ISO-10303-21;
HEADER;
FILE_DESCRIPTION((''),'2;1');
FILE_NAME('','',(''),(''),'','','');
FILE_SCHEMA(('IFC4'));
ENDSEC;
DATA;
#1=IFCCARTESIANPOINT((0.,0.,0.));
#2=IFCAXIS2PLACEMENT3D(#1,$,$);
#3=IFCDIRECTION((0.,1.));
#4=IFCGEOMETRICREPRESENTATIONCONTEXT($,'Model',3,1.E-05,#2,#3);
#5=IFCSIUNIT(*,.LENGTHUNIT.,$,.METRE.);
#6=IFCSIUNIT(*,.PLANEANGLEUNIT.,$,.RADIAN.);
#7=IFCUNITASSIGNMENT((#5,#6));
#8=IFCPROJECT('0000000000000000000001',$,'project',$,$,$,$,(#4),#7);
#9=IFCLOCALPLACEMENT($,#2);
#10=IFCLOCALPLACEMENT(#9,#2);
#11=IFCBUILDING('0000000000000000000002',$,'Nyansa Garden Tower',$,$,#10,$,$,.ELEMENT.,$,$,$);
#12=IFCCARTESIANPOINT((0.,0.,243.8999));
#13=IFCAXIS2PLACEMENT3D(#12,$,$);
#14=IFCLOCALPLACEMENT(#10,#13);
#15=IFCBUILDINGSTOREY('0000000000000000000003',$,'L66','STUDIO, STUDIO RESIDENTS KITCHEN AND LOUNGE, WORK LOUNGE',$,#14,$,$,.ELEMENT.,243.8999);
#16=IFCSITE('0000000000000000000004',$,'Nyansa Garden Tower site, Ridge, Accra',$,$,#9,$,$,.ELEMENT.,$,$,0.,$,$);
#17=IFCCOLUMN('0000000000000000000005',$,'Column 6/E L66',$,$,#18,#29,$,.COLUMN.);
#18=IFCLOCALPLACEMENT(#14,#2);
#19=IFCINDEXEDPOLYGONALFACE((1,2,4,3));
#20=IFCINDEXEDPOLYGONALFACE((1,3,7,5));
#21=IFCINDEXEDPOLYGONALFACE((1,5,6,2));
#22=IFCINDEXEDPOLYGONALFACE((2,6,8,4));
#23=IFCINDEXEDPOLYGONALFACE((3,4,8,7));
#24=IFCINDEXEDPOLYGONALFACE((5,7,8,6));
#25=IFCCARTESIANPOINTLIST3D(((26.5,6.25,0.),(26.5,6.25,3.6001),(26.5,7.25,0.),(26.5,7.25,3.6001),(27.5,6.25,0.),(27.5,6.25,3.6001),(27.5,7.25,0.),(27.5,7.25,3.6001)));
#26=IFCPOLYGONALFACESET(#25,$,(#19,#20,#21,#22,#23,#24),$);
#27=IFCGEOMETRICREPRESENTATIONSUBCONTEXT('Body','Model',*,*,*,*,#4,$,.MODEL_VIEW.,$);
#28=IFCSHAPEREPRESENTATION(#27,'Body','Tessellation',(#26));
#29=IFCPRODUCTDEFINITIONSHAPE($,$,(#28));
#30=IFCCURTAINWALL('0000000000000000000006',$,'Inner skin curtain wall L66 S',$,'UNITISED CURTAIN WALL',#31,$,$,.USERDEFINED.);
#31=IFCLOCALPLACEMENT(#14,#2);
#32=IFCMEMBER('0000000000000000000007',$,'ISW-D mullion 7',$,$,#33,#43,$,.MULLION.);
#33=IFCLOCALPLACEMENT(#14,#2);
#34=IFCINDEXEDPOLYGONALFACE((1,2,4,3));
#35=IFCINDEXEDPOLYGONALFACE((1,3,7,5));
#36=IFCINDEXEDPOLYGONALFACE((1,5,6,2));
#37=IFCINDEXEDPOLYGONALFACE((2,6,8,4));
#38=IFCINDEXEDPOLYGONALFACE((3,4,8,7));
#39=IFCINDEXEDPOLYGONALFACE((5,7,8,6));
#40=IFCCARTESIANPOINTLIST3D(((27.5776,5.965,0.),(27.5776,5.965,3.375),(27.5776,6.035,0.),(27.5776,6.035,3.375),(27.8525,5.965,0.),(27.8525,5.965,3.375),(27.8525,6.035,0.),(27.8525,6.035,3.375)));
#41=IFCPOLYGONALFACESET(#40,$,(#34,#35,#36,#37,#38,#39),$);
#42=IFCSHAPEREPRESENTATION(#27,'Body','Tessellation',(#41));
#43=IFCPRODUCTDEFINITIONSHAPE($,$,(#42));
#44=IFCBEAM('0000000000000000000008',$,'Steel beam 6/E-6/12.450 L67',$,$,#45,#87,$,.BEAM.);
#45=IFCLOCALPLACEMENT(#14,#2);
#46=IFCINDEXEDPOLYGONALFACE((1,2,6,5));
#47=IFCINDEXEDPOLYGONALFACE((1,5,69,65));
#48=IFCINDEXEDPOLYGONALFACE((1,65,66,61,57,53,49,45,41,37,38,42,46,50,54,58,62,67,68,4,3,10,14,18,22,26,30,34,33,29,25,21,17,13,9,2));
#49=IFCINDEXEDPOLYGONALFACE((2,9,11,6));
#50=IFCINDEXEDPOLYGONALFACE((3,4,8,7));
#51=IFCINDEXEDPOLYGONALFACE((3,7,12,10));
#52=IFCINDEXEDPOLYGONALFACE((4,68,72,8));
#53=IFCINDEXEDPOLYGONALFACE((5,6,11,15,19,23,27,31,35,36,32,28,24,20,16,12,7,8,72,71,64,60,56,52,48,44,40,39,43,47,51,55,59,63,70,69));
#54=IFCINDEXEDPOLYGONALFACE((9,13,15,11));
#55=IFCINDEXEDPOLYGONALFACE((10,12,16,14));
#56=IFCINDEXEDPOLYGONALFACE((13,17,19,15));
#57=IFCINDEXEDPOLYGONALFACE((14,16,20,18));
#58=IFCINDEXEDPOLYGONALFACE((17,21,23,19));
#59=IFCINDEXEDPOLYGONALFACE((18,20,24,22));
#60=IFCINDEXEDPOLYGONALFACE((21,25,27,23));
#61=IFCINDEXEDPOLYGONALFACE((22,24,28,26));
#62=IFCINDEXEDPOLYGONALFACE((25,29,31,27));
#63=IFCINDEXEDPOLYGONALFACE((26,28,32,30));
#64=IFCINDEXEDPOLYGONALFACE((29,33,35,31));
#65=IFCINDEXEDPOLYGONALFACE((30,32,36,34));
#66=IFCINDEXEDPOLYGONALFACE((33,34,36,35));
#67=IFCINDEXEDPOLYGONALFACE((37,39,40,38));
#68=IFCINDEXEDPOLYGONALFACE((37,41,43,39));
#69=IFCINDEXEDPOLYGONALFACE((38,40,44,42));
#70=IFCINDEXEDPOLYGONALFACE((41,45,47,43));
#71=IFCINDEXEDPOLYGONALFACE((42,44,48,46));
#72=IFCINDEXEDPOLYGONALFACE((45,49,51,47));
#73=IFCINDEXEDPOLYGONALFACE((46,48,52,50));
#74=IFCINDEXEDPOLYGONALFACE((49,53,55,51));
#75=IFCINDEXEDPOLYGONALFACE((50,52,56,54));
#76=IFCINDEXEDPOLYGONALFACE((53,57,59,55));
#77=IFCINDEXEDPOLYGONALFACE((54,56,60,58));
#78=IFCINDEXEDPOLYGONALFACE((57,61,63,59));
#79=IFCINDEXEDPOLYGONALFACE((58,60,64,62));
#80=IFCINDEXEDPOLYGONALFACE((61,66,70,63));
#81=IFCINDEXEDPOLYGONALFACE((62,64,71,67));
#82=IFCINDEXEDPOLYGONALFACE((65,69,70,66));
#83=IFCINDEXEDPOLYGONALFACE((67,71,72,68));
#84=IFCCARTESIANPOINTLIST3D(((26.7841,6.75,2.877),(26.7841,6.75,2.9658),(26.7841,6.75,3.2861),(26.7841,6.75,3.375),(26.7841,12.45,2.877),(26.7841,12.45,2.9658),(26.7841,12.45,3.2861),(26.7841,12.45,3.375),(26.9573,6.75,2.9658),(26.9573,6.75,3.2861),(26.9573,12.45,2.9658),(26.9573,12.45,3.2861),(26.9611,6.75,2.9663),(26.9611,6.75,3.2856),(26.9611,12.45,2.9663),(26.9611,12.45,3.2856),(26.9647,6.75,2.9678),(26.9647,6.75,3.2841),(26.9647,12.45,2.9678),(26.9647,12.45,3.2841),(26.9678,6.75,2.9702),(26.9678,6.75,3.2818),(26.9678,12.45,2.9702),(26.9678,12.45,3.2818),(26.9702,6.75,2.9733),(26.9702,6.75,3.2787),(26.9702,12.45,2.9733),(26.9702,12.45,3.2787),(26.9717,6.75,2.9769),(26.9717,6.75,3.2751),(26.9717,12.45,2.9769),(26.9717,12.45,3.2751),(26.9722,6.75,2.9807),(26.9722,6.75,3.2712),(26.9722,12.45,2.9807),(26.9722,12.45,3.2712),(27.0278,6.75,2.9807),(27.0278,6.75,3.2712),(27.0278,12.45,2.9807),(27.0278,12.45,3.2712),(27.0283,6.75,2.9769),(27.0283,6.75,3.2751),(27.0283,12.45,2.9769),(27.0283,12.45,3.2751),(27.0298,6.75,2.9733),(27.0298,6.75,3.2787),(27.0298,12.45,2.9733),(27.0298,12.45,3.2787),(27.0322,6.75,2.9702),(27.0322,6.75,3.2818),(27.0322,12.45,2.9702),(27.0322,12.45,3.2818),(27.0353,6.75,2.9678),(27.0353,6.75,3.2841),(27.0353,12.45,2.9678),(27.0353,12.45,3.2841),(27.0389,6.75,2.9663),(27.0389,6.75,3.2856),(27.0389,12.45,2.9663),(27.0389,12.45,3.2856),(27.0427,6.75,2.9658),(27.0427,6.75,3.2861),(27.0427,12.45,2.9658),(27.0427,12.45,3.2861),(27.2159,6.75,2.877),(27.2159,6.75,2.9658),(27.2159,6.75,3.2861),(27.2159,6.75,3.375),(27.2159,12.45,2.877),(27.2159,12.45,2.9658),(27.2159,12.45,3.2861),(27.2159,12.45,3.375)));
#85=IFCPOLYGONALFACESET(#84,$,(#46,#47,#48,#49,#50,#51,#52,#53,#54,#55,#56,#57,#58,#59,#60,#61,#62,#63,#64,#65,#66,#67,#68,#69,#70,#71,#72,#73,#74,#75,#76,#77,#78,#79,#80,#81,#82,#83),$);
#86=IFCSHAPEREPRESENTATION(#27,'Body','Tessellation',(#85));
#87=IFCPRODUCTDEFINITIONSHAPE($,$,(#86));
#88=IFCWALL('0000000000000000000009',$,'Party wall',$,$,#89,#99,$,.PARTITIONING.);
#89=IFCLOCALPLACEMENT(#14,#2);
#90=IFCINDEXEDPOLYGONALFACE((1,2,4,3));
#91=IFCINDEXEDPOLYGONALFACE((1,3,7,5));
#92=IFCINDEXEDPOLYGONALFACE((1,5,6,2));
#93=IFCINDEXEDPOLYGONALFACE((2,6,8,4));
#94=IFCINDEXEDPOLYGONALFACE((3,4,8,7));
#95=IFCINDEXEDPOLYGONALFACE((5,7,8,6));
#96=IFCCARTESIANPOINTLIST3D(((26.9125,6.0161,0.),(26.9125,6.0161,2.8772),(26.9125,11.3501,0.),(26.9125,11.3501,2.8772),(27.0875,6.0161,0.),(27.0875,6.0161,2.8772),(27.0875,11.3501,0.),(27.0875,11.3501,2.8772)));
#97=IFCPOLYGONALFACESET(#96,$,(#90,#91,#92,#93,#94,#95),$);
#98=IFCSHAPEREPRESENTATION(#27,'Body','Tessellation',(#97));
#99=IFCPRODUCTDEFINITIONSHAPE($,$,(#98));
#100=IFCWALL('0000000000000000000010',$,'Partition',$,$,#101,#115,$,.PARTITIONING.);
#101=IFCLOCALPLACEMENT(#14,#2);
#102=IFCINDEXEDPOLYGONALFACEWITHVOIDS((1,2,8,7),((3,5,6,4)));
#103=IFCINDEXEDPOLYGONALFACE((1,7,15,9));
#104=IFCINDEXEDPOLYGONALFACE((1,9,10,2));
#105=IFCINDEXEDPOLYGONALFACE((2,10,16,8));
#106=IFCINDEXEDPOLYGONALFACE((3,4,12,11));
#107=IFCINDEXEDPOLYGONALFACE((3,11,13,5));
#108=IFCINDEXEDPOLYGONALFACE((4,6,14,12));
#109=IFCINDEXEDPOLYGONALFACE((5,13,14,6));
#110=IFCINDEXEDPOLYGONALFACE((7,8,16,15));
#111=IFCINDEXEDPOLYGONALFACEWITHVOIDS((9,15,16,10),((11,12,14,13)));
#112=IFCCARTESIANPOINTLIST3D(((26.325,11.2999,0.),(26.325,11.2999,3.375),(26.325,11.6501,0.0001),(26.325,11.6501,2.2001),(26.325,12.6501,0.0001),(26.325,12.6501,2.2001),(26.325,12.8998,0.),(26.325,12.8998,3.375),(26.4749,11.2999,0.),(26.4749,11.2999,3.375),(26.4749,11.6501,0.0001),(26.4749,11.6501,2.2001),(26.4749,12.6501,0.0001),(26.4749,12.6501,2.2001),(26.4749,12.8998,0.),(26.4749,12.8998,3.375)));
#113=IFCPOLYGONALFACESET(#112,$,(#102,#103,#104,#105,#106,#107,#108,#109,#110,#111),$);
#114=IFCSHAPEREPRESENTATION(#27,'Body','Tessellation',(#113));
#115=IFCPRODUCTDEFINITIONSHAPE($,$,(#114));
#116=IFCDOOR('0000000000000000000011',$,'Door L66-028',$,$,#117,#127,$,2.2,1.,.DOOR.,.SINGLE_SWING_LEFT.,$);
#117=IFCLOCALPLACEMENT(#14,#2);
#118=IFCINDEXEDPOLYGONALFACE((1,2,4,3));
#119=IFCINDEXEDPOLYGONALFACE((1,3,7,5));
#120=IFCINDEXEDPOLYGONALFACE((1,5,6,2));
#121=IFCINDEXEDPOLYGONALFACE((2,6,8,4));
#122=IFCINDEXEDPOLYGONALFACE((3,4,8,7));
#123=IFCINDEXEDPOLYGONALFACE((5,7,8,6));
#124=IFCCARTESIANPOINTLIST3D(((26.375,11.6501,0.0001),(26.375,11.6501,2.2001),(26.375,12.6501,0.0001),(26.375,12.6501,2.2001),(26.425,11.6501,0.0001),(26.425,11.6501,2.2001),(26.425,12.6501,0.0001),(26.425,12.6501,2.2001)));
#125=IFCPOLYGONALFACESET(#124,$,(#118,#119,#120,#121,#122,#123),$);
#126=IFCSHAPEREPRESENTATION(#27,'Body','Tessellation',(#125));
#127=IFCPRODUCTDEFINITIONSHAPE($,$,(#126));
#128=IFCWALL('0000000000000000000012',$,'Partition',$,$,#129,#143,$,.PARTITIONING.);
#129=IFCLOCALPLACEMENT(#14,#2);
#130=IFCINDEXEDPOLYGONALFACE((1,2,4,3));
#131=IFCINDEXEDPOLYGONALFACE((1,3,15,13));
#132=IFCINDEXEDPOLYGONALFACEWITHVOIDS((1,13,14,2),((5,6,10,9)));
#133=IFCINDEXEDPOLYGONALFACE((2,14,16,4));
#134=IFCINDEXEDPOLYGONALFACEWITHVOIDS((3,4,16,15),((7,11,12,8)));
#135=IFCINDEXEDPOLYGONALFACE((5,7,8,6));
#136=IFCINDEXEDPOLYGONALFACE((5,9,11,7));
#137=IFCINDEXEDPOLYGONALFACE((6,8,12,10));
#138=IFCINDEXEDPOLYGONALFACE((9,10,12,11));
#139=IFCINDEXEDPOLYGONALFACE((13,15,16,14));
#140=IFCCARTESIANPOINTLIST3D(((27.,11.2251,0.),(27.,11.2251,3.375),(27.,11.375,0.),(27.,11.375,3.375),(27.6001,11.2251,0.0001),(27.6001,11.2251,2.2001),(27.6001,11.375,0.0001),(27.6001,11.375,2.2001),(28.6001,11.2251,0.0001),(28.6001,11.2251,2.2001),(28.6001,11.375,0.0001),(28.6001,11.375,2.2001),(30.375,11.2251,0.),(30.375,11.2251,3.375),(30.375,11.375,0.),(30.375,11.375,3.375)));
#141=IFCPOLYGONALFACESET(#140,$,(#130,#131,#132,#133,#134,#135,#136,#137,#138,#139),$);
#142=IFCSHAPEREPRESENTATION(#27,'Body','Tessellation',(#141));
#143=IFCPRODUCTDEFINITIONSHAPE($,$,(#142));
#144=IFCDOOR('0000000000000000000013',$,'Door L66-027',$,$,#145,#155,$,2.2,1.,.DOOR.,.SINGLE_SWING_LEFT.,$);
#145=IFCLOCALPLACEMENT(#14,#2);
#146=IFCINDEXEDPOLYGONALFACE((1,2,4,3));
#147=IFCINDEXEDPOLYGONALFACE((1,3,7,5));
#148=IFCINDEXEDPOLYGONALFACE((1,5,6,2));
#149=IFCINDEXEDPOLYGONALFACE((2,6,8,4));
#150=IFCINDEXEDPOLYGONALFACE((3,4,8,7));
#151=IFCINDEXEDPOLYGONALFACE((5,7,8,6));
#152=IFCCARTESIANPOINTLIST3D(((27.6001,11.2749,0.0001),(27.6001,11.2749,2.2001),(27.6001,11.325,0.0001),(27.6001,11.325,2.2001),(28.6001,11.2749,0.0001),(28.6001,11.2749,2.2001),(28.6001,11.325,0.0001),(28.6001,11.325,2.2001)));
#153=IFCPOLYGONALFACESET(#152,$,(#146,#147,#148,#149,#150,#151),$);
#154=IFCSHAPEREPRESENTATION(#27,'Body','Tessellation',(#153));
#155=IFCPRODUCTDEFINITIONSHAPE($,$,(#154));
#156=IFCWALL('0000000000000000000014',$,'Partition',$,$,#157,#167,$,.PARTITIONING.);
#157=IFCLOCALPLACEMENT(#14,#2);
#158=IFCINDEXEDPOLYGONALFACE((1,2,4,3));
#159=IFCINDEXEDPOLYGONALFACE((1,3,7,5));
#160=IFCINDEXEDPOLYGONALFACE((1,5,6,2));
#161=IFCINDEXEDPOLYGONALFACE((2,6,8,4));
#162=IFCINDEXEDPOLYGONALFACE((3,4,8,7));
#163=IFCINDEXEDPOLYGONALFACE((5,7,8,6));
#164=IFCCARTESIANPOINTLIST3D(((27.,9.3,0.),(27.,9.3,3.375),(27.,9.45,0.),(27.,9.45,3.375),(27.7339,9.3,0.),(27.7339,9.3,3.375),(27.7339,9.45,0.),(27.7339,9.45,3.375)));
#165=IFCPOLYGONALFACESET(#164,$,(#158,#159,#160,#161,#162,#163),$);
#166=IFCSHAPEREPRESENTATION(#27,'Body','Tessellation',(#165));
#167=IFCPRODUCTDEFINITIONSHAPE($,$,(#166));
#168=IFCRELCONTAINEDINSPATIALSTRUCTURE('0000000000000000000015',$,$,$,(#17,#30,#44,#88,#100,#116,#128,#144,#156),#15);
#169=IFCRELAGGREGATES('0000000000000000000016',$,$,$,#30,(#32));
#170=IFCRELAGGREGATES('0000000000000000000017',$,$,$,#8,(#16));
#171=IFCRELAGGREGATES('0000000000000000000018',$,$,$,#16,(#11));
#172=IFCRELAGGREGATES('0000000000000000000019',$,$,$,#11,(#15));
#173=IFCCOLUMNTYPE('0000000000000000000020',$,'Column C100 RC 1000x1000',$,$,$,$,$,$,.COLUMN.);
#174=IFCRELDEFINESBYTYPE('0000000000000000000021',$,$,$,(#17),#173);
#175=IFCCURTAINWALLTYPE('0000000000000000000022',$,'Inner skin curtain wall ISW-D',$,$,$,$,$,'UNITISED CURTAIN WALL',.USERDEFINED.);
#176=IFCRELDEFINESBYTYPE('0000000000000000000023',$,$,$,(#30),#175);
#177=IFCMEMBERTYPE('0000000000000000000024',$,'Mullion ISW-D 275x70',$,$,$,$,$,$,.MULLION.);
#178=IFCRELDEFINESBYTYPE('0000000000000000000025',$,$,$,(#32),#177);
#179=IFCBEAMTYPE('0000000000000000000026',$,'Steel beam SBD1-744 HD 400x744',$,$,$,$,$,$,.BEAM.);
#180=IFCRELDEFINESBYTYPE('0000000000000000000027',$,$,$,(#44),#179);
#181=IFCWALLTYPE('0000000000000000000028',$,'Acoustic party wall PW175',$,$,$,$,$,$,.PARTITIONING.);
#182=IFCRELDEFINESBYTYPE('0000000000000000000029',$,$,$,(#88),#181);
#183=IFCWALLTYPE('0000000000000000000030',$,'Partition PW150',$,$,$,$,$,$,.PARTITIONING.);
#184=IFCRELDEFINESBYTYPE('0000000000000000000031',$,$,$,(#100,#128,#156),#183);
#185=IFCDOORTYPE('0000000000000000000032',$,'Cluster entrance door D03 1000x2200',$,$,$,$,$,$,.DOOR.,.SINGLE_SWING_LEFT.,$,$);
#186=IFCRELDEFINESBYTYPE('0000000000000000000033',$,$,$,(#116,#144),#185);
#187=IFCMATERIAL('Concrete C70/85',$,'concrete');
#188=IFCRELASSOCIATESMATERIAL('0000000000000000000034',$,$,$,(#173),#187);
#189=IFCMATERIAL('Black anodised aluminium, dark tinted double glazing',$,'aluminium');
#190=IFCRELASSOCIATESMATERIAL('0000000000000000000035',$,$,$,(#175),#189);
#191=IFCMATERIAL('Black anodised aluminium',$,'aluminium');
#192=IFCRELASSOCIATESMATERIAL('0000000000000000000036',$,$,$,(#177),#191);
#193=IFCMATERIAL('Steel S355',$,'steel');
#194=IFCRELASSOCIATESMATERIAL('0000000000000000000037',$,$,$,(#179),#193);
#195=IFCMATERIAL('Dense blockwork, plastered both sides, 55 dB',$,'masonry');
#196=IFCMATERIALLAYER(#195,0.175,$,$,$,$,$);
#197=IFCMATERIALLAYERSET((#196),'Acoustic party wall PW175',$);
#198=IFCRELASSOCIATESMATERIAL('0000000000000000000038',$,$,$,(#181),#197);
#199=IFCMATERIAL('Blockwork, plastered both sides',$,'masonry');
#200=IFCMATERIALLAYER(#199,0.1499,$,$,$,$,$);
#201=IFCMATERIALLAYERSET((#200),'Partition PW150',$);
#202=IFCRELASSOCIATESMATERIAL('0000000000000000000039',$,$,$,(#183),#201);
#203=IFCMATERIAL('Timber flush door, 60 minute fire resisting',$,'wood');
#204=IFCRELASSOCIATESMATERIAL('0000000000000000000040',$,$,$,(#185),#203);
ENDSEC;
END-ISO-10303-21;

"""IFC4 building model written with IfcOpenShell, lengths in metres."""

from ifc_helpers import new_model, si_unit, direction, frame, frame_2d, origin, origin_2d, place, context, subcontext, project, spatial, rectangle, i_section, extrude, material, layer, layer_set, material_profile, profile_set, type_object, element, fill, aggregate, save


model = new_model("IFC4")

# Units and contexts
model_context = context("Model", 3, precision=1e-05, world=origin(), true_north=direction((0.0, 1.0)))
body_context = subcontext(model_context, "Body", "Model", "MODEL_VIEW")
ifc_project = project(units=[si_unit("LENGTHUNIT", "METRE"), si_unit("PLANEANGLEUNIT", "RADIAN")], contexts=[model_context])

# Site, building, storey
site_placement = place(None, origin())
site = spatial("IfcSite", under=ifc_project, at=site_placement, Name="Nyansa Garden Tower site, Ridge, Accra", CompositionType="ELEMENT", RefElevation=0.0)
building_placement = place(site_placement, origin())
building = spatial("IfcBuilding", under=site, at=building_placement, Name="Nyansa Garden Tower", CompositionType="ELEMENT")
storey_placement = place(building_placement, frame((0.0, 0.0, 243.8999)))
storey = spatial("IfcBuildingStorey", under=building, at=storey_placement, Name="L66", Description="STUDIO, STUDIO RESIDENTS KITCHEN AND LOUNGE, WORK LOUNGE", CompositionType="ELEMENT", Elevation=243.8999)

# Column
ifc_material_1 = material(Name="Concrete C70/85", Category="concrete")
ifc_material_profile_1 = material_profile(ifc_material_1, rectangle(XDim=1.0, YDim=1.0, at=origin_2d()), Name="RC 1000x1000")
ifc_profile_set_1 = profile_set([ifc_material_profile_1], Name="Concrete C70/85")
column_type = type_object("IfcColumnType", Name="Column C100 RC 1000x1000", PredefinedType="COLUMN", material=ifc_profile_set_1)
column_placement = place(storey_placement, frame((27.0, 6.75, 0.0), z_axis=(0.0, 0.0, 1.0), x_axis=(1.0, 0.0, 0.0)))
element("IfcColumn", 1, at=column_placement, inside=storey, type_object=column_type, Name="Column 6/E L66", PredefinedType="COLUMN", context=body_context, shape_type="SweptSolid", body=[
    extrude(rectangle(XDim=1.0, YDim=1.0, at=origin_2d()), origin(), (0.0, 0.0, 1.0), 3.6001),
])

# Curtain wall, member
ifc_material_2 = material(Name="Black anodised aluminium, dark tinted double glazing", Category="aluminium")
curtain_wall_type = type_object("IfcCurtainWallType", Name="Inner skin curtain wall ISW-D", ElementType="UNITISED CURTAIN WALL", PredefinedType="USERDEFINED", material=ifc_material_2)
curtain_wall_placement = place(storey_placement, origin())
curtain_wall = element("IfcCurtainWall", 2, at=curtain_wall_placement, inside=storey, type_object=curtain_wall_type, Name="Inner skin curtain wall L66 S", ObjectType="UNITISED CURTAIN WALL", PredefinedType="USERDEFINED")
ifc_material_3 = material(Name="Black anodised aluminium", Category="aluminium")
ifc_material_profile_2 = material_profile(ifc_material_3, rectangle(XDim=0.0701, YDim=0.2749, at=origin_2d()), Name="Mullion 275x70")
ifc_profile_set_2 = profile_set([ifc_material_profile_2], Name="Black anodised aluminium")
member_type = type_object("IfcMemberType", Name="Mullion ISW-D 275x70", PredefinedType="MULLION", material=ifc_profile_set_2)
member_placement = place(storey_placement, frame((27.7151, 6.0, 0.0), z_axis=(0.0, 0.0, 1.0), x_axis=(0.0, 1.0, 0.0)))
member = element("IfcMember", 3, at=member_placement, type_object=member_type, Name="ISW-D mullion 7", PredefinedType="MULLION", context=body_context, shape_type="SweptSolid", body=[
    extrude(rectangle(XDim=0.0701, YDim=0.2749, at=origin_2d()), origin(), (0.0, 0.0, 1.0), 3.375),
])
aggregate(curtain_wall, [member])

# Beam
ifc_material_4 = material(Name="Steel S355", Category="steel")
ifc_material_profile_3 = material_profile(ifc_material_4, i_section(OverallWidth=0.4319, OverallDepth=0.498, WebThickness=0.0557, FlangeThickness=0.0889, FilletRadius=0.0149, at=origin_2d()), Name="HD 400x744")
ifc_profile_set_3 = profile_set([ifc_material_profile_3], Name="Steel S355")
beam_type = type_object("IfcBeamType", Name="Steel beam SBD1-744 HD 400x744", PredefinedType="BEAM", material=ifc_profile_set_3)
beam_placement = place(storey_placement, frame((27.0, 6.75, 3.126), z_axis=(0.0, 1.0, 0.0), x_axis=(-1.0, 0.0, 0.0)))
element("IfcBeam", 4, at=beam_placement, inside=storey, type_object=beam_type, Name="Steel beam 6/E-6/12.450 L67", PredefinedType="BEAM", context=body_context, shape_type="SweptSolid", body=[
    extrude(i_section(OverallWidth=0.4319, OverallDepth=0.498, WebThickness=0.0557, FlangeThickness=0.0889, FilletRadius=0.0149, at=origin_2d()), origin(), (0.0, 0.0, 1.0), 5.7),
])

# Wall
ifc_material_5 = material(Name="Dense blockwork, plastered both sides, 55 dB", Category="masonry")
ifc_layer_1 = layer(ifc_material_5, 0.175)
ifc_layer_set_1 = layer_set([ifc_layer_1], Name="Acoustic party wall PW175")
wall_type_1 = type_object("IfcWallType", Name="Acoustic party wall PW175", PredefinedType="PARTITIONING", material=ifc_layer_set_1)
wall_1_placement = place(storey_placement, frame((27.0, 6.0161, 0.0), z_axis=(0.0, 0.0, 1.0), x_axis=(0.0, 1.0, 0.0)))
element("IfcWall", 5, at=wall_1_placement, inside=storey, type_object=wall_type_1, Name="Party wall", PredefinedType="PARTITIONING", context=body_context, shape_type="SweptSolid", body=[
    extrude(rectangle(XDim=5.334, YDim=0.175, at=frame_2d((2.667, 0.0))), origin(), (0.0, 0.0, 1.0), 2.8772),
])

# Walls, openings, doors
ifc_material_6 = material(Name="Blockwork, plastered both sides", Category="masonry")
ifc_layer_2 = layer(ifc_material_6, 0.1499)
ifc_layer_set_2 = layer_set([ifc_layer_2], Name="Partition PW150")
wall_type_2 = type_object("IfcWallType", Name="Partition PW150", PredefinedType="PARTITIONING", material=ifc_layer_set_2)
wall_2_placement = place(storey_placement, frame((26.3999, 11.3, 0.0), z_axis=(0.0, 0.0, 1.0), x_axis=(0.0, 1.0, 0.0)))
wall_2 = element("IfcWall", 6, at=wall_2_placement, inside=storey, type_object=wall_type_2, Name="Partition", PredefinedType="PARTITIONING", context=body_context, shape_type="SweptSolid", body=[
    extrude(rectangle(XDim=1.5999, YDim=0.1499, at=frame_2d((0.7998, 0.0))), origin(), (0.0, 0.0, 1.0), 3.375),
])
opening_1_placement = place(wall_2_placement, frame((0.3501, 0.0, 0.0)))
opening_1 = element("IfcOpeningElement", 7, at=opening_1_placement, cuts=wall_2, PredefinedType="OPENING", context=body_context, shape_type="SweptSolid", body=[
    extrude(rectangle(XDim=1.0, YDim=2.2, at=frame_2d((0.5, 1.1001))), frame((0.0, 0.085, 0.0), z_axis=(0.0, -1.0, 0.0), x_axis=(1.0, 0.0, 0.0)), (0.0, 0.0, 1.0), 0.1699),
])
ifc_material_7 = material(Name="Timber flush door, 60 minute fire resisting", Category="wood")
door_type = type_object("IfcDoorType", Name="Cluster entrance door D03 1000x2200", OperationType="SINGLE_SWING_LEFT", PredefinedType="DOOR", material=ifc_material_7)
door_1_placement = place(opening_1_placement, origin())
door_1 = element("IfcDoor", 8, at=door_1_placement, inside=storey, type_object=door_type, Name="Door L66-028", OperationType="SINGLE_SWING_LEFT", OverallHeight=2.2, OverallWidth=1.0, PredefinedType="DOOR", context=body_context, shape_type="SweptSolid", body=[
    extrude(rectangle(XDim=1.0, YDim=2.2, at=frame_2d((0.5, 1.1001))), frame((0.0, 0.0249, 0.0), z_axis=(0.0, -1.0, 0.0), x_axis=(1.0, 0.0, 0.0)), (0.0, 0.0, 1.0), 0.05),
])
fill(opening_1, door_1)
wall_3_placement = place(storey_placement, frame((27.0, 11.3, 0.0), z_axis=(0.0, 0.0, 1.0), x_axis=(1.0, 0.0, 0.0)))
wall_3 = element("IfcWall", 9, at=wall_3_placement, inside=storey, type_object=wall_type_2, Name="Partition", PredefinedType="PARTITIONING", context=body_context, shape_type="SweptSolid", body=[
    extrude(rectangle(XDim=3.375, YDim=0.1499, at=frame_2d((1.6875, 0.0))), origin(), (0.0, 0.0, 1.0), 3.375),
])
opening_2_placement = place(wall_3_placement, frame((0.6001, 0.0, 0.0)))
opening_2 = element("IfcOpeningElement", 10, at=opening_2_placement, cuts=wall_3, PredefinedType="OPENING", context=body_context, shape_type="SweptSolid", body=[
    extrude(rectangle(XDim=1.0, YDim=2.2, at=frame_2d((0.5, 1.1001))), frame((0.0, 0.085, 0.0), z_axis=(0.0, -1.0, 0.0), x_axis=(1.0, 0.0, 0.0)), (0.0, 0.0, 1.0), 0.1699),
])
door_2_placement = place(opening_2_placement, origin())
door_2 = element("IfcDoor", 11, at=door_2_placement, inside=storey, type_object=door_type, Name="Door L66-027", OperationType="SINGLE_SWING_LEFT", OverallHeight=2.2, OverallWidth=1.0, PredefinedType="DOOR", context=body_context, shape_type="SweptSolid", body=[
    extrude(rectangle(XDim=1.0, YDim=2.2, at=frame_2d((0.5, 1.1001))), frame((0.0, 0.0249, 0.0), z_axis=(0.0, -1.0, 0.0), x_axis=(1.0, 0.0, 0.0)), (0.0, 0.0, 1.0), 0.05),
])
fill(opening_2, door_2)

# Wall
wall_4_placement = place(storey_placement, frame((27.0, 9.375, 0.0), z_axis=(0.0, 0.0, 1.0), x_axis=(1.0, 0.0, 0.0)))
element("IfcWall", 12, at=wall_4_placement, inside=storey, type_object=wall_type_2, Name="Partition", PredefinedType="PARTITIONING", context=body_context, shape_type="SweptSolid", body=[
    extrude(rectangle(XDim=0.7339, YDim=0.1499, at=frame_2d((0.3669, 0.0))), origin(), (0.0, 0.0, 1.0), 3.375),
])

save(model, "model.ifc")
